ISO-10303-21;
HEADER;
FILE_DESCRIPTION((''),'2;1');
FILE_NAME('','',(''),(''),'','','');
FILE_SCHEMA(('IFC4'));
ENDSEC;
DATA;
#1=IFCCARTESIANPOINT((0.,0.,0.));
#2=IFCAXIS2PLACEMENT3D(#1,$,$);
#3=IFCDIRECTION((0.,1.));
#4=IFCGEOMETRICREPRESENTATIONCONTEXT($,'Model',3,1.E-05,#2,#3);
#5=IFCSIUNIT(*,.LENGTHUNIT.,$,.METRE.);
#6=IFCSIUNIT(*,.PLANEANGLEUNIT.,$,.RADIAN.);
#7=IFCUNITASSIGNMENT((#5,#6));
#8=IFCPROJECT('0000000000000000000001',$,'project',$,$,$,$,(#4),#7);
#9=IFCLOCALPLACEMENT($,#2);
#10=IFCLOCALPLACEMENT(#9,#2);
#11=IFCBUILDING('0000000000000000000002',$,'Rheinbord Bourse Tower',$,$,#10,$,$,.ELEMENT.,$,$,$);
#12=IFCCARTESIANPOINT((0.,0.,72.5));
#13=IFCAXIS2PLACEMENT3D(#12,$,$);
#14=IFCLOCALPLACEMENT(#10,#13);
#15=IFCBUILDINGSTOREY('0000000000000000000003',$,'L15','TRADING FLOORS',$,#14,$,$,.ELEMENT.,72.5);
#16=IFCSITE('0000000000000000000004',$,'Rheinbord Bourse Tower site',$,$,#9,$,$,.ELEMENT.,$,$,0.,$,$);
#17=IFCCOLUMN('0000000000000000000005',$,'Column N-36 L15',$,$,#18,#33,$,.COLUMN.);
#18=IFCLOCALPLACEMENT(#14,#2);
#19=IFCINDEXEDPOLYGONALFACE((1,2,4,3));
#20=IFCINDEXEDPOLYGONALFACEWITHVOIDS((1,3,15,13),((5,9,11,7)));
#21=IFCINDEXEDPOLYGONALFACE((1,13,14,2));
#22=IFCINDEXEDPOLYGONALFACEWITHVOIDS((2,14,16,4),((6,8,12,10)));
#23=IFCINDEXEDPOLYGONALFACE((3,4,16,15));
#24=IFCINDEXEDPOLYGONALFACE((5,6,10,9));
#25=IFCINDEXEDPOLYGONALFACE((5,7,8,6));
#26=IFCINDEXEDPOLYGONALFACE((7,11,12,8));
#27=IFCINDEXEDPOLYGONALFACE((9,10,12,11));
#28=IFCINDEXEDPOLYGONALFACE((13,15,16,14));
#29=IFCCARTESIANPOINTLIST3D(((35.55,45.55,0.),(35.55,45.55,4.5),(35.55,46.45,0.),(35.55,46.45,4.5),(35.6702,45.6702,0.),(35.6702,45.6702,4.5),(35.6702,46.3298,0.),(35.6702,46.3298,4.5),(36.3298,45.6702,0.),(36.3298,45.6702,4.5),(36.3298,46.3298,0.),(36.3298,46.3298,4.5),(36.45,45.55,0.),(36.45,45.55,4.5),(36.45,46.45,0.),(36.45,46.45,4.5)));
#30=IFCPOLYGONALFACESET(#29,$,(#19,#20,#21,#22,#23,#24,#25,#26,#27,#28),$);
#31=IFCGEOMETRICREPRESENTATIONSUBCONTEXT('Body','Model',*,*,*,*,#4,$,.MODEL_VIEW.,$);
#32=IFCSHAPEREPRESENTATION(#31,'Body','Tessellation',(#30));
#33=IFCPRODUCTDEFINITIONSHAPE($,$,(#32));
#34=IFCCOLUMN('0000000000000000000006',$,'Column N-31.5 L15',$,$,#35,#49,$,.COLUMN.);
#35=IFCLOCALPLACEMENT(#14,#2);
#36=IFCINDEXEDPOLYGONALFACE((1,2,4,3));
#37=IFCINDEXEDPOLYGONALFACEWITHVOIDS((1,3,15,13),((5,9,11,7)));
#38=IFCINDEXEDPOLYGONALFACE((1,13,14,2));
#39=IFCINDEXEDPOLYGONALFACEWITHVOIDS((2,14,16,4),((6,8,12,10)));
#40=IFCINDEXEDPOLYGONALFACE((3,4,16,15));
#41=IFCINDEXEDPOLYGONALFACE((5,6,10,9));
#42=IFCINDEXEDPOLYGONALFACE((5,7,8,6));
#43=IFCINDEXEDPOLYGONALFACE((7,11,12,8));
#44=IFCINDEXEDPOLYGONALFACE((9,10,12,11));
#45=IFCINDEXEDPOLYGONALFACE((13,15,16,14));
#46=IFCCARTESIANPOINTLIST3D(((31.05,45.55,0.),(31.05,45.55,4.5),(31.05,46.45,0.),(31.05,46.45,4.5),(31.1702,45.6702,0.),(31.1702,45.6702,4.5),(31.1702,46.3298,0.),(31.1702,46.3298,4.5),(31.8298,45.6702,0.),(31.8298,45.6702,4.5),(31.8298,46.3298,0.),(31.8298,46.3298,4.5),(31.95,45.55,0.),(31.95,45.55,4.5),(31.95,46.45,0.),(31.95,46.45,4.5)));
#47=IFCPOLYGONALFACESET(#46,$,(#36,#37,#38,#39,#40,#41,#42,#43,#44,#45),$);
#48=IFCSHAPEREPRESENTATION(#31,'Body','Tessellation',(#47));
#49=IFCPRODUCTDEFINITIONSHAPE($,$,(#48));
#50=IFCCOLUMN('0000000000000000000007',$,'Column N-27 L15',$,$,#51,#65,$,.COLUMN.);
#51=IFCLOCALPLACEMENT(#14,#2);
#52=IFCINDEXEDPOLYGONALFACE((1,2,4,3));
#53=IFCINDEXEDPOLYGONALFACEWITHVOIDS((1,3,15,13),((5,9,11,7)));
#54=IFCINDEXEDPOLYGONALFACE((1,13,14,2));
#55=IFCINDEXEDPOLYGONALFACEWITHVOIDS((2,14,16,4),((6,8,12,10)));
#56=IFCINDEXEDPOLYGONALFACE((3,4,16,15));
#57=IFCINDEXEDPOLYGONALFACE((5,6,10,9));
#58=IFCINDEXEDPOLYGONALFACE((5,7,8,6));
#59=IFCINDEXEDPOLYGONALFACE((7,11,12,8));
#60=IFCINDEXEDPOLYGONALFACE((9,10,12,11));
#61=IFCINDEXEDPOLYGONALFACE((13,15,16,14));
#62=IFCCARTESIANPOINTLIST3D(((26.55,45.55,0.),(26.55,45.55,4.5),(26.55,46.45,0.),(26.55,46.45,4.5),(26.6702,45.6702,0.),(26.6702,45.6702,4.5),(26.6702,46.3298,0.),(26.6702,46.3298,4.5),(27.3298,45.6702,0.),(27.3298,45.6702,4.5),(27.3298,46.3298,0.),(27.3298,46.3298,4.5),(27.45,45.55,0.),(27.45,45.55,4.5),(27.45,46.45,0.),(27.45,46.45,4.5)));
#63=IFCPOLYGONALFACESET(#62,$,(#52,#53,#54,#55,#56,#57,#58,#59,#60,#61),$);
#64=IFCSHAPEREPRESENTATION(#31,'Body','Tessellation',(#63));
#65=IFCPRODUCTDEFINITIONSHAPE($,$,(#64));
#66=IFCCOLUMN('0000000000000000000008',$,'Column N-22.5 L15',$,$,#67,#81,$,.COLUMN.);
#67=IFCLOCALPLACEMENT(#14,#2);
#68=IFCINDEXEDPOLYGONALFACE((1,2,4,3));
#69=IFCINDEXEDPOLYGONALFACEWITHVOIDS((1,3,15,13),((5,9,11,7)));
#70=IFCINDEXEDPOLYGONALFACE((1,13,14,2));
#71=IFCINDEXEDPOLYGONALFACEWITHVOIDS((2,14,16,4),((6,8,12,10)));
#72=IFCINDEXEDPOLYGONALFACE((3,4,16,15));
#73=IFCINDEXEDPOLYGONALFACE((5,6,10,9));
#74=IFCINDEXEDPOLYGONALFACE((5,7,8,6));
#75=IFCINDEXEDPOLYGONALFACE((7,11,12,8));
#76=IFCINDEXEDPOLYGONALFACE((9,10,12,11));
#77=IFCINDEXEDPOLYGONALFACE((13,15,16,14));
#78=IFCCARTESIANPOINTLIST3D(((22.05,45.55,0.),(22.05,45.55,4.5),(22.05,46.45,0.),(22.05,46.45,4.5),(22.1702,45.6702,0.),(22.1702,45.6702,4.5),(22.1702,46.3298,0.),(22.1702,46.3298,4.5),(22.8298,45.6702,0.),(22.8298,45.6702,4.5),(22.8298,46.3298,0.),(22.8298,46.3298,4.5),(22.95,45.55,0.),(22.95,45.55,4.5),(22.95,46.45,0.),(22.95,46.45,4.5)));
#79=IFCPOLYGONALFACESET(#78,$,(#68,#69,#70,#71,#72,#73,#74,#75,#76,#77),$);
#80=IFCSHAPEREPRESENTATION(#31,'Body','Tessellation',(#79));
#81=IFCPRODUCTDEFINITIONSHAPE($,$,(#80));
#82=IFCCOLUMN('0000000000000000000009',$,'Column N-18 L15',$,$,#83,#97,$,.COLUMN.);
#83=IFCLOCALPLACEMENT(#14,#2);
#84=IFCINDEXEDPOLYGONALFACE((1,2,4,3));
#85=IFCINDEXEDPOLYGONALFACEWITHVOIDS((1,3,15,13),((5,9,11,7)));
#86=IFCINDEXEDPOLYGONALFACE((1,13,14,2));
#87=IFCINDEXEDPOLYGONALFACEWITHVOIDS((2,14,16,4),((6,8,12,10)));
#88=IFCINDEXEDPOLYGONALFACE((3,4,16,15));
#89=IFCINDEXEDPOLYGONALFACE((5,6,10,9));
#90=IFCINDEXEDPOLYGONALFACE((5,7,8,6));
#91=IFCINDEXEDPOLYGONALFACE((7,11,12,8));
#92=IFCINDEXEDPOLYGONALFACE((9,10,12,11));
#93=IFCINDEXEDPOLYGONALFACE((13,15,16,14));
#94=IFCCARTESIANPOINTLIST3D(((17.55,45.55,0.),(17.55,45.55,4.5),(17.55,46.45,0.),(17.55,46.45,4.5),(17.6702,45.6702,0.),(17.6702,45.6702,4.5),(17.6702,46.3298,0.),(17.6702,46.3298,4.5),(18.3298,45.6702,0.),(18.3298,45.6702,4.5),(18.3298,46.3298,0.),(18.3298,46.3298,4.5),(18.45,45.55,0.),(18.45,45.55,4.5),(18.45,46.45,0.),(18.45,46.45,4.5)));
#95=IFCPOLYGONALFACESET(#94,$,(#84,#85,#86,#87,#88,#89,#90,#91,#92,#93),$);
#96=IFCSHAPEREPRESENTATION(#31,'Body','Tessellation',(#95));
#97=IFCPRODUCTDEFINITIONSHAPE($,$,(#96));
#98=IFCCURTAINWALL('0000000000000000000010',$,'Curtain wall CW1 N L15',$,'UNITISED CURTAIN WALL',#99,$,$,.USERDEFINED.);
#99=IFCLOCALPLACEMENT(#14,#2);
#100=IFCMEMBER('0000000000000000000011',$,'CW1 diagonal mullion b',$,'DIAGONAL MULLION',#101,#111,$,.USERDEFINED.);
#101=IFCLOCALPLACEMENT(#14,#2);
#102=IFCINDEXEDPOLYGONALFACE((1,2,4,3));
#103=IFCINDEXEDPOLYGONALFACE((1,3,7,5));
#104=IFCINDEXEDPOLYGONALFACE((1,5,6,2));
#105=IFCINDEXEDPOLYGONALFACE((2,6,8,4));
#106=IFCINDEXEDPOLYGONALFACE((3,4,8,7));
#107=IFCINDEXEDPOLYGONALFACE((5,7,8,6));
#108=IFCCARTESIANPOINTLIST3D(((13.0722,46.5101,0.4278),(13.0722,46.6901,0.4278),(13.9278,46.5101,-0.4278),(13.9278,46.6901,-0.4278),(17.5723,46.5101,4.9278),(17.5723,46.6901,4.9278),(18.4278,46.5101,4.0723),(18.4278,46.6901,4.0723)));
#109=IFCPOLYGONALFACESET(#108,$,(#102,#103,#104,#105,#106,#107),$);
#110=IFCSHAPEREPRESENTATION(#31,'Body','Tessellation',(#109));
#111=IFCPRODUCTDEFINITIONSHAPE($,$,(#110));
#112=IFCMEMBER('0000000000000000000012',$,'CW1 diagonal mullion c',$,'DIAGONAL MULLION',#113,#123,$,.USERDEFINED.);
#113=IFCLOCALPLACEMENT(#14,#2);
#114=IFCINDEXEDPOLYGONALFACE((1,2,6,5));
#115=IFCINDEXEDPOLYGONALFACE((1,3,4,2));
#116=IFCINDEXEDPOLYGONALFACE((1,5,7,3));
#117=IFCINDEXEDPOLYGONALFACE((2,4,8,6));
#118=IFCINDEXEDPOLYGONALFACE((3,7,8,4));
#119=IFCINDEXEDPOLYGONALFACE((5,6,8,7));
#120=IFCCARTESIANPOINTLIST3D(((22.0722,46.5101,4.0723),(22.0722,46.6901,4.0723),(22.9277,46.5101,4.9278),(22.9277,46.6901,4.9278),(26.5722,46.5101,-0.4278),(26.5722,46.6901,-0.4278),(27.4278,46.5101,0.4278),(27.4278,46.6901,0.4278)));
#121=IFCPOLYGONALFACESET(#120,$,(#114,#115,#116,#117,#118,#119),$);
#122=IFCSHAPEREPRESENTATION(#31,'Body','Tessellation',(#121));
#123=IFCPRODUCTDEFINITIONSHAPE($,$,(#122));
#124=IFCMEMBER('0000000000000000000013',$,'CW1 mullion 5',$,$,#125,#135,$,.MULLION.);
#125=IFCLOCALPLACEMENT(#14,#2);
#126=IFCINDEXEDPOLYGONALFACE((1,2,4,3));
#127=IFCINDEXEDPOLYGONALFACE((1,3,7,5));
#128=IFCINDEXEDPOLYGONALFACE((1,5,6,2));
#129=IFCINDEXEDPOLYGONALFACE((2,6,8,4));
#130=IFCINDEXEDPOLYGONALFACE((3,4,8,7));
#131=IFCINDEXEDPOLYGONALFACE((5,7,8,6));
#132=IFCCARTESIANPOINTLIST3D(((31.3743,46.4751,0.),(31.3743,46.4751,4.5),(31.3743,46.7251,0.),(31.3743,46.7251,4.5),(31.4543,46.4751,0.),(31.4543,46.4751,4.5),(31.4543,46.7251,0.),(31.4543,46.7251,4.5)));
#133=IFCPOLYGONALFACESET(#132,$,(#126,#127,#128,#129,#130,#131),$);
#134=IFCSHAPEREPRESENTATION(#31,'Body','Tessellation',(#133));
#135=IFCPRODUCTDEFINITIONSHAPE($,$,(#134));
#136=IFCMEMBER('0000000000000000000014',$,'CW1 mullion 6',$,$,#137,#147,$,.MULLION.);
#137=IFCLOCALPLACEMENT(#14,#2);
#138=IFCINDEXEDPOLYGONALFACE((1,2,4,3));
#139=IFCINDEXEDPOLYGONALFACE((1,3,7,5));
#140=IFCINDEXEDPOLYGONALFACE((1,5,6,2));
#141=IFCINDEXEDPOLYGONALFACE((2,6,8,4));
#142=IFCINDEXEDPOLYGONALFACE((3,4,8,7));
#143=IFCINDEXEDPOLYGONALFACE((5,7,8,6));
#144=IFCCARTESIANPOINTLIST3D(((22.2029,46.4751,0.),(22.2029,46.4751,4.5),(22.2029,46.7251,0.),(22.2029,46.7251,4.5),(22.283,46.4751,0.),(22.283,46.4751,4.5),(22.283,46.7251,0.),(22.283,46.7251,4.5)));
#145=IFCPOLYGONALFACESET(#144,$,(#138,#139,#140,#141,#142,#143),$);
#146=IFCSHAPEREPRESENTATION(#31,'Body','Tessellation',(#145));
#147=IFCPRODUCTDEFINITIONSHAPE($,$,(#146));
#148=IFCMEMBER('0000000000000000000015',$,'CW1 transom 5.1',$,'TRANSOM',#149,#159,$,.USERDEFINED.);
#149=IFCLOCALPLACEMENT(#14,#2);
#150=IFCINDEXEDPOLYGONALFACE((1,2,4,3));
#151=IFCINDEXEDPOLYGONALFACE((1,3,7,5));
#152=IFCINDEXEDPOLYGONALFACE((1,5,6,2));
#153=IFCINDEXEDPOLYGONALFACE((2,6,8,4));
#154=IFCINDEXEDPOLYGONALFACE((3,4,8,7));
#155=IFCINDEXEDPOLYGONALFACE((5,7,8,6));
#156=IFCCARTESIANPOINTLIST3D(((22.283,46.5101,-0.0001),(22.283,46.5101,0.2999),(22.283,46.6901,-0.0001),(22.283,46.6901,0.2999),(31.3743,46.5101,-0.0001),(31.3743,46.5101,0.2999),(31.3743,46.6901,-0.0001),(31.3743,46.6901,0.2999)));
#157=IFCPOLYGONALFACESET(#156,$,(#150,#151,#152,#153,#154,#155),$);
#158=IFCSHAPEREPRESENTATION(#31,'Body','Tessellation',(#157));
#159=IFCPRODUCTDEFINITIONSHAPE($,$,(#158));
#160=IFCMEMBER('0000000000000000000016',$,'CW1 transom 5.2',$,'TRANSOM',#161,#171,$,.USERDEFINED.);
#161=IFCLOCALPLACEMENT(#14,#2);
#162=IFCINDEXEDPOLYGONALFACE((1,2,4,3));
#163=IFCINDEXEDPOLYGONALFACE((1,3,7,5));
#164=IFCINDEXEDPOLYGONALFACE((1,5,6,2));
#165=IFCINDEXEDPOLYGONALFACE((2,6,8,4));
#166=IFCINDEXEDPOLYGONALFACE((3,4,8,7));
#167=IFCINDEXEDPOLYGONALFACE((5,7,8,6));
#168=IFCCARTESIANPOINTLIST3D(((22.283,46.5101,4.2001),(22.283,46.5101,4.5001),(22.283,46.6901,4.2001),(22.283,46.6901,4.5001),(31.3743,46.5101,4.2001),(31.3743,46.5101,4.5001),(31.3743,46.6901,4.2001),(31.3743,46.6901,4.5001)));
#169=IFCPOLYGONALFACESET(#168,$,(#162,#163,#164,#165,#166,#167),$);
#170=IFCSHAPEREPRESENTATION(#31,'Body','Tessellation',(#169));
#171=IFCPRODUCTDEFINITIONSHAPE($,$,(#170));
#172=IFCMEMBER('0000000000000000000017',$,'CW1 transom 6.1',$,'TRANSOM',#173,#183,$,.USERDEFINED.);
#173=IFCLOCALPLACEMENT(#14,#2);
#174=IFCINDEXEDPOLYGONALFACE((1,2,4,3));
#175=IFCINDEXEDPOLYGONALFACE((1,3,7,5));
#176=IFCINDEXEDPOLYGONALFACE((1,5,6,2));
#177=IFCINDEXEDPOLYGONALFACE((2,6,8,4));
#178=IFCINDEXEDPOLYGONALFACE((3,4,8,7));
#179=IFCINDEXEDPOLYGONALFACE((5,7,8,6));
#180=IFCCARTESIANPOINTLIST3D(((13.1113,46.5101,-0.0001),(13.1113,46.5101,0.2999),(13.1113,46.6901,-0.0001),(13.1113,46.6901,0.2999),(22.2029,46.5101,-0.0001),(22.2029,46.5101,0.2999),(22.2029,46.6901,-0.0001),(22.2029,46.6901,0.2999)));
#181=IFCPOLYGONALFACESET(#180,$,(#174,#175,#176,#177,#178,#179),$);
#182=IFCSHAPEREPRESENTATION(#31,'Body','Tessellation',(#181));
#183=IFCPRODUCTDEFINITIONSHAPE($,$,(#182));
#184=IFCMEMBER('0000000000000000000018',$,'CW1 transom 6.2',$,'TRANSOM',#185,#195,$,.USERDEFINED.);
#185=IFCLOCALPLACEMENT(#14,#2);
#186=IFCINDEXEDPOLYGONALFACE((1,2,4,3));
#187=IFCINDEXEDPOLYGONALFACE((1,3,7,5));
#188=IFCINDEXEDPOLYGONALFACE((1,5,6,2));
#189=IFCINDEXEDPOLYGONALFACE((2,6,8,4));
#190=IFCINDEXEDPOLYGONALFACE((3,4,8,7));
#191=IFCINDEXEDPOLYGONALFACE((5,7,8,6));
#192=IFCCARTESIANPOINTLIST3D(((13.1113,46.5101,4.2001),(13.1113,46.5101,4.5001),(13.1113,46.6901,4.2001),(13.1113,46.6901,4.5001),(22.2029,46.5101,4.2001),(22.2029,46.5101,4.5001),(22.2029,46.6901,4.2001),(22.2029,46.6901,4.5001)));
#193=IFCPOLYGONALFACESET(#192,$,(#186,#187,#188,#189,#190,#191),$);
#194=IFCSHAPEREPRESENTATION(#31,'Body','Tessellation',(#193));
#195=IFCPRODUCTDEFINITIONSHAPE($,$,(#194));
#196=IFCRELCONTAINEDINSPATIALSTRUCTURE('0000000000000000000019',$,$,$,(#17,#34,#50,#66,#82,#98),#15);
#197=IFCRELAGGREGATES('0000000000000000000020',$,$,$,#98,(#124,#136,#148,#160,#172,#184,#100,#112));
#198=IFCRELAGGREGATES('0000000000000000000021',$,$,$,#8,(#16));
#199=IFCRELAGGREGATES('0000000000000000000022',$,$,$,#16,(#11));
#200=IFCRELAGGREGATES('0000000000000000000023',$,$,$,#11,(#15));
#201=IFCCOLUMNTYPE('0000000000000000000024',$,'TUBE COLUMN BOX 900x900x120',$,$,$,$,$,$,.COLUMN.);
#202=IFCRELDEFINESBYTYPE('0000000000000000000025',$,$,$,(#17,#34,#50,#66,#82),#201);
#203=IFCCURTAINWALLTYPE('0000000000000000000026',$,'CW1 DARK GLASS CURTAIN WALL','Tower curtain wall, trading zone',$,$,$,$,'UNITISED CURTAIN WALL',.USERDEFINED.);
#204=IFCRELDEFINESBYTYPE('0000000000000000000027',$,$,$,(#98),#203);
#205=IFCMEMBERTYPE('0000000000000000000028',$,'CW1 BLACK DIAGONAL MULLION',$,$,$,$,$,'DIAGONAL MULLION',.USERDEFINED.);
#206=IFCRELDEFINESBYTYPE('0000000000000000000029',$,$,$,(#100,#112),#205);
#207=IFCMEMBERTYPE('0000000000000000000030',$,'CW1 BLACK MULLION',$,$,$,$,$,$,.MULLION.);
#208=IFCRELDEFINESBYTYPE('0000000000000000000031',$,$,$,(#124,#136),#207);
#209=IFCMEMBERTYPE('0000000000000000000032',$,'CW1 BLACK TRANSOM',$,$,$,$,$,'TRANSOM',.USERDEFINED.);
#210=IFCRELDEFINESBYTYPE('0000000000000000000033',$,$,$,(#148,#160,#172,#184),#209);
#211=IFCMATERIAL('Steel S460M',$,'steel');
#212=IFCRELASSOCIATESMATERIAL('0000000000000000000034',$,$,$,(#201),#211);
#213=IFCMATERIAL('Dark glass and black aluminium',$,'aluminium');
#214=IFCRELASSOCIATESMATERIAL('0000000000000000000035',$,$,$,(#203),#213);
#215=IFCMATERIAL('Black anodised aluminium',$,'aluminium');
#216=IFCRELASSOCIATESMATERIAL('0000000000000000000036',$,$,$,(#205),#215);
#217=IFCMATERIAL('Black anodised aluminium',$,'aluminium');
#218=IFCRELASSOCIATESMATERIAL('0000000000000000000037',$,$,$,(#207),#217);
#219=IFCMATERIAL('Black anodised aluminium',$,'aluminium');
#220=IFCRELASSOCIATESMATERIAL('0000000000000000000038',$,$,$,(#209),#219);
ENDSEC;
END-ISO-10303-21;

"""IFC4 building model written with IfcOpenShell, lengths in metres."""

from ifc_helpers import new_model, si_unit, direction, frame, origin, origin_2d, place, context, subcontext, project, spatial, rectangle, hollow_rectangle, extrude, material, material_profile, profile_set, type_object, element, aggregate, save


model = new_model("IFC4")

# Units and contexts
model_context = context("Model", 3, precision=1e-05, world=origin(), true_north=direction((0.0, 1.0)))
body_context = subcontext(model_context, "Body", "Model", "MODEL_VIEW")
ifc_project = project(units=[si_unit("LENGTHUNIT", "METRE"), si_unit("PLANEANGLEUNIT", "RADIAN")], contexts=[model_context])

# Site, building, storey
site_placement = place(None, origin())
site = spatial("IfcSite", under=ifc_project, at=site_placement, Name="Rheinbord Bourse Tower site", CompositionType="ELEMENT", RefElevation=0.0)
building_placement = place(site_placement, origin())
building = spatial("IfcBuilding", under=site, at=building_placement, Name="Rheinbord Bourse Tower", CompositionType="ELEMENT")
storey_placement = place(building_placement, frame((0.0, 0.0, 72.5)))
storey = spatial("IfcBuildingStorey", under=building, at=storey_placement, Name="L15", Description="TRADING FLOORS", CompositionType="ELEMENT", Elevation=72.5)

# Columns
ifc_material_1 = material(Name="Steel S460M", Category="steel")
ifc_material_profile_1 = material_profile(ifc_material_1, hollow_rectangle(XDim=0.8999, YDim=0.8999, WallThickness=0.1201, at=origin_2d()), Name="BOX 900x900x120")
ifc_profile_set_1 = profile_set([ifc_material_profile_1], Name="Steel S460M")
column_type = type_object("IfcColumnType", Name="TUBE COLUMN BOX 900x900x120", PredefinedType="COLUMN", material=ifc_profile_set_1)
for number, where, z_axis, x_axis, name in (
    (1, (36.0, 46.0, 0.0), (0.0, 0.0, 1.0), (0.0, 1.0, 0.0), "Column N-36 L15"),
    (2, (31.5, 46.0, 0.0), (0.0, 0.0, 1.0), (0.0, 1.0, 0.0), "Column N-31.5 L15"),
    (3, (27.0, 46.0, 0.0), (0.0, 0.0, 1.0), (0.0, 1.0, 0.0), "Column N-27 L15"),
    (4, (22.5, 46.0, 0.0), (0.0, 0.0, 1.0), (0.0, 1.0, 0.0), "Column N-22.5 L15"),
    (5, (18.0, 46.0, 0.0), (0.0, 0.0, 1.0), (0.0, 1.0, 0.0), "Column N-18 L15"),
):
    element("IfcColumn", number, at=place(storey_placement, frame(where, z_axis=z_axis, x_axis=x_axis)), inside=storey, type_object=column_type, Name=name, PredefinedType="COLUMN", context=body_context, shape_type="SweptSolid", body=[
        extrude(hollow_rectangle(XDim=0.8999, YDim=0.8999, WallThickness=0.1201, at=origin_2d()), origin(), (0.0, 0.0, 1.0), 4.5),
    ])

# Curtain wall, members
ifc_material_2 = material(Name="Dark glass and black aluminium", Category="aluminium")
curtain_wall_type = type_object("IfcCurtainWallType", Name="CW1 DARK GLASS CURTAIN WALL", Description="Tower curtain wall, trading zone", ElementType="UNITISED CURTAIN WALL", PredefinedType="USERDEFINED", material=ifc_material_2)
curtain_wall_placement = place(storey_placement, origin())
curtain_wall = element("IfcCurtainWall", 6, at=curtain_wall_placement, inside=storey, type_object=curtain_wall_type, Name="Curtain wall CW1 N L15", ObjectType="UNITISED CURTAIN WALL", PredefinedType="USERDEFINED")
ifc_material_3 = material(Name="Black anodised aluminium", Category="aluminium")
ifc_material_profile_2 = material_profile(ifc_material_3, rectangle(XDim=0.1799, YDim=1.21, at=origin_2d()), Name="CW1 DIAGONAL MULLION 1210x180")
ifc_profile_set_2 = profile_set([ifc_material_profile_2], Name="Black anodised aluminium")
member_type_1 = type_object("IfcMemberType", Name="CW1 BLACK DIAGONAL MULLION", ElementType="DIAGONAL MULLION", PredefinedType="USERDEFINED", material=ifc_profile_set_2)
member_1_placement = place(storey_placement, frame((13.5, 46.6001, 0.0), z_axis=(0.707107, 0.0, 0.707107), x_axis=(0.0, 1.0, 0.0)))
member_1 = element("IfcMember", 7, at=member_1_placement, type_object=member_type_1, Name="CW1 diagonal mullion b", ObjectType="DIAGONAL MULLION", PredefinedType="USERDEFINED", context=body_context, shape_type="SweptSolid", body=[
    extrude(rectangle(XDim=0.1799, YDim=1.21, at=origin_2d()), origin(), (0.0, 0.0, 1.0), 6.364),
])
member_2_placement = place(storey_placement, frame((27.0, 46.6001, 0.0), z_axis=(-0.707107, 0.0, 0.707107), x_axis=(0.0, -1.0, 0.0)))
member_2 = element("IfcMember", 8, at=member_2_placement, type_object=member_type_1, Name="CW1 diagonal mullion c", ObjectType="DIAGONAL MULLION", PredefinedType="USERDEFINED", context=body_context, shape_type="SweptSolid", body=[
    extrude(rectangle(XDim=0.1799, YDim=1.21, at=origin_2d()), origin(), (0.0, 0.0, 1.0), 6.364),
])
ifc_material_4 = material(Name="Black anodised aluminium", Category="aluminium")
ifc_material_profile_3 = material_profile(ifc_material_4, rectangle(XDim=0.25, YDim=0.0801, at=origin_2d()), Name="CW1 MULLION 80x250")
ifc_profile_set_3 = profile_set([ifc_material_profile_3], Name="Black anodised aluminium")
member_type_2 = type_object("IfcMemberType", Name="CW1 BLACK MULLION", PredefinedType="MULLION", material=ifc_profile_set_3)
member_3_placement = place(storey_placement, frame((31.4143, 46.6001, 0.0), z_axis=(0.0, 0.0, 1.0), x_axis=(0.0, -1.0, 0.0)))
member_3 = element("IfcMember", 9, at=member_3_placement, type_object=member_type_2, Name="CW1 mullion 5", PredefinedType="MULLION", context=body_context, shape_type="SweptSolid", body=[
    extrude(rectangle(XDim=0.25, YDim=0.0801, at=origin_2d()), origin(), (0.0, 0.0, 1.0), 4.5),
])
member_4_placement = place(storey_placement, frame((22.2429, 46.6001, 0.0), z_axis=(0.0, 0.0, 1.0), x_axis=(0.0, -1.0, 0.0)))
member_4 = element("IfcMember", 10, at=member_4_placement, type_object=member_type_2, Name="CW1 mullion 6", PredefinedType="MULLION", context=body_context, shape_type="SweptSolid", body=[
    extrude(rectangle(XDim=0.25, YDim=0.0801, at=origin_2d()), origin(), (0.0, 0.0, 1.0), 4.5),
])
ifc_material_5 = material(Name="Black anodised aluminium", Category="aluminium")
ifc_material_profile_4 = material_profile(ifc_material_5, rectangle(XDim=0.1799, YDim=0.3, at=origin_2d()), Name="CW1 TRANSOM 300x180")
ifc_profile_set_4 = profile_set([ifc_material_profile_4], Name="Black anodised aluminium")
member_type_3 = type_object("IfcMemberType", Name="CW1 BLACK TRANSOM", ElementType="TRANSOM", PredefinedType="USERDEFINED", material=ifc_profile_set_4)
member_5_placement = place(storey_placement, frame((31.3743, 46.6001, 0.1499), z_axis=(-1.0, 0.0, 0.0), x_axis=(0.0, -1.0, 0.0)))
member_5 = element("IfcMember", 11, at=member_5_placement, type_object=member_type_3, Name="CW1 transom 5.1", ObjectType="TRANSOM", PredefinedType="USERDEFINED", context=body_context, shape_type="SweptSolid", body=[
    extrude(rectangle(XDim=0.1799, YDim=0.3, at=origin_2d()), origin(), (0.0, 0.0, 1.0), 9.0913),
])
member_6_placement = place(storey_placement, frame((31.3743, 46.6001, 4.3501), z_axis=(-1.0, 0.0, 0.0), x_axis=(0.0, -1.0, 0.0)))
member_6 = element("IfcMember", 12, at=member_6_placement, type_object=member_type_3, Name="CW1 transom 5.2", ObjectType="TRANSOM", PredefinedType="USERDEFINED", context=body_context, shape_type="SweptSolid", body=[
    extrude(rectangle(XDim=0.1799, YDim=0.3, at=origin_2d()), origin(), (0.0, 0.0, 1.0), 9.0913),
])
member_7_placement = place(storey_placement, frame((22.2029, 46.6001, 0.1499), z_axis=(-1.0, 0.0, 0.0), x_axis=(0.0, -1.0, 0.0)))
member_7 = element("IfcMember", 13, at=member_7_placement, type_object=member_type_3, Name="CW1 transom 6.1", ObjectType="TRANSOM", PredefinedType="USERDEFINED", context=body_context, shape_type="SweptSolid", body=[
    extrude(rectangle(XDim=0.1799, YDim=0.3, at=origin_2d()), origin(), (0.0, 0.0, 1.0), 9.0916),
])
member_8_placement = place(storey_placement, frame((22.2029, 46.6001, 4.3501), z_axis=(-1.0, 0.0, 0.0), x_axis=(0.0, -1.0, 0.0)))
member_8 = element("IfcMember", 14, at=member_8_placement, type_object=member_type_3, Name="CW1 transom 6.2", ObjectType="TRANSOM", PredefinedType="USERDEFINED", context=body_context, shape_type="SweptSolid", body=[
    extrude(rectangle(XDim=0.1799, YDim=0.3, at=origin_2d()), origin(), (0.0, 0.0, 1.0), 9.0916),
])

aggregate(curtain_wall, [member_3, member_4, member_5, member_6, member_7, member_8, member_1, member_2])

save(model, "model.ifc")
